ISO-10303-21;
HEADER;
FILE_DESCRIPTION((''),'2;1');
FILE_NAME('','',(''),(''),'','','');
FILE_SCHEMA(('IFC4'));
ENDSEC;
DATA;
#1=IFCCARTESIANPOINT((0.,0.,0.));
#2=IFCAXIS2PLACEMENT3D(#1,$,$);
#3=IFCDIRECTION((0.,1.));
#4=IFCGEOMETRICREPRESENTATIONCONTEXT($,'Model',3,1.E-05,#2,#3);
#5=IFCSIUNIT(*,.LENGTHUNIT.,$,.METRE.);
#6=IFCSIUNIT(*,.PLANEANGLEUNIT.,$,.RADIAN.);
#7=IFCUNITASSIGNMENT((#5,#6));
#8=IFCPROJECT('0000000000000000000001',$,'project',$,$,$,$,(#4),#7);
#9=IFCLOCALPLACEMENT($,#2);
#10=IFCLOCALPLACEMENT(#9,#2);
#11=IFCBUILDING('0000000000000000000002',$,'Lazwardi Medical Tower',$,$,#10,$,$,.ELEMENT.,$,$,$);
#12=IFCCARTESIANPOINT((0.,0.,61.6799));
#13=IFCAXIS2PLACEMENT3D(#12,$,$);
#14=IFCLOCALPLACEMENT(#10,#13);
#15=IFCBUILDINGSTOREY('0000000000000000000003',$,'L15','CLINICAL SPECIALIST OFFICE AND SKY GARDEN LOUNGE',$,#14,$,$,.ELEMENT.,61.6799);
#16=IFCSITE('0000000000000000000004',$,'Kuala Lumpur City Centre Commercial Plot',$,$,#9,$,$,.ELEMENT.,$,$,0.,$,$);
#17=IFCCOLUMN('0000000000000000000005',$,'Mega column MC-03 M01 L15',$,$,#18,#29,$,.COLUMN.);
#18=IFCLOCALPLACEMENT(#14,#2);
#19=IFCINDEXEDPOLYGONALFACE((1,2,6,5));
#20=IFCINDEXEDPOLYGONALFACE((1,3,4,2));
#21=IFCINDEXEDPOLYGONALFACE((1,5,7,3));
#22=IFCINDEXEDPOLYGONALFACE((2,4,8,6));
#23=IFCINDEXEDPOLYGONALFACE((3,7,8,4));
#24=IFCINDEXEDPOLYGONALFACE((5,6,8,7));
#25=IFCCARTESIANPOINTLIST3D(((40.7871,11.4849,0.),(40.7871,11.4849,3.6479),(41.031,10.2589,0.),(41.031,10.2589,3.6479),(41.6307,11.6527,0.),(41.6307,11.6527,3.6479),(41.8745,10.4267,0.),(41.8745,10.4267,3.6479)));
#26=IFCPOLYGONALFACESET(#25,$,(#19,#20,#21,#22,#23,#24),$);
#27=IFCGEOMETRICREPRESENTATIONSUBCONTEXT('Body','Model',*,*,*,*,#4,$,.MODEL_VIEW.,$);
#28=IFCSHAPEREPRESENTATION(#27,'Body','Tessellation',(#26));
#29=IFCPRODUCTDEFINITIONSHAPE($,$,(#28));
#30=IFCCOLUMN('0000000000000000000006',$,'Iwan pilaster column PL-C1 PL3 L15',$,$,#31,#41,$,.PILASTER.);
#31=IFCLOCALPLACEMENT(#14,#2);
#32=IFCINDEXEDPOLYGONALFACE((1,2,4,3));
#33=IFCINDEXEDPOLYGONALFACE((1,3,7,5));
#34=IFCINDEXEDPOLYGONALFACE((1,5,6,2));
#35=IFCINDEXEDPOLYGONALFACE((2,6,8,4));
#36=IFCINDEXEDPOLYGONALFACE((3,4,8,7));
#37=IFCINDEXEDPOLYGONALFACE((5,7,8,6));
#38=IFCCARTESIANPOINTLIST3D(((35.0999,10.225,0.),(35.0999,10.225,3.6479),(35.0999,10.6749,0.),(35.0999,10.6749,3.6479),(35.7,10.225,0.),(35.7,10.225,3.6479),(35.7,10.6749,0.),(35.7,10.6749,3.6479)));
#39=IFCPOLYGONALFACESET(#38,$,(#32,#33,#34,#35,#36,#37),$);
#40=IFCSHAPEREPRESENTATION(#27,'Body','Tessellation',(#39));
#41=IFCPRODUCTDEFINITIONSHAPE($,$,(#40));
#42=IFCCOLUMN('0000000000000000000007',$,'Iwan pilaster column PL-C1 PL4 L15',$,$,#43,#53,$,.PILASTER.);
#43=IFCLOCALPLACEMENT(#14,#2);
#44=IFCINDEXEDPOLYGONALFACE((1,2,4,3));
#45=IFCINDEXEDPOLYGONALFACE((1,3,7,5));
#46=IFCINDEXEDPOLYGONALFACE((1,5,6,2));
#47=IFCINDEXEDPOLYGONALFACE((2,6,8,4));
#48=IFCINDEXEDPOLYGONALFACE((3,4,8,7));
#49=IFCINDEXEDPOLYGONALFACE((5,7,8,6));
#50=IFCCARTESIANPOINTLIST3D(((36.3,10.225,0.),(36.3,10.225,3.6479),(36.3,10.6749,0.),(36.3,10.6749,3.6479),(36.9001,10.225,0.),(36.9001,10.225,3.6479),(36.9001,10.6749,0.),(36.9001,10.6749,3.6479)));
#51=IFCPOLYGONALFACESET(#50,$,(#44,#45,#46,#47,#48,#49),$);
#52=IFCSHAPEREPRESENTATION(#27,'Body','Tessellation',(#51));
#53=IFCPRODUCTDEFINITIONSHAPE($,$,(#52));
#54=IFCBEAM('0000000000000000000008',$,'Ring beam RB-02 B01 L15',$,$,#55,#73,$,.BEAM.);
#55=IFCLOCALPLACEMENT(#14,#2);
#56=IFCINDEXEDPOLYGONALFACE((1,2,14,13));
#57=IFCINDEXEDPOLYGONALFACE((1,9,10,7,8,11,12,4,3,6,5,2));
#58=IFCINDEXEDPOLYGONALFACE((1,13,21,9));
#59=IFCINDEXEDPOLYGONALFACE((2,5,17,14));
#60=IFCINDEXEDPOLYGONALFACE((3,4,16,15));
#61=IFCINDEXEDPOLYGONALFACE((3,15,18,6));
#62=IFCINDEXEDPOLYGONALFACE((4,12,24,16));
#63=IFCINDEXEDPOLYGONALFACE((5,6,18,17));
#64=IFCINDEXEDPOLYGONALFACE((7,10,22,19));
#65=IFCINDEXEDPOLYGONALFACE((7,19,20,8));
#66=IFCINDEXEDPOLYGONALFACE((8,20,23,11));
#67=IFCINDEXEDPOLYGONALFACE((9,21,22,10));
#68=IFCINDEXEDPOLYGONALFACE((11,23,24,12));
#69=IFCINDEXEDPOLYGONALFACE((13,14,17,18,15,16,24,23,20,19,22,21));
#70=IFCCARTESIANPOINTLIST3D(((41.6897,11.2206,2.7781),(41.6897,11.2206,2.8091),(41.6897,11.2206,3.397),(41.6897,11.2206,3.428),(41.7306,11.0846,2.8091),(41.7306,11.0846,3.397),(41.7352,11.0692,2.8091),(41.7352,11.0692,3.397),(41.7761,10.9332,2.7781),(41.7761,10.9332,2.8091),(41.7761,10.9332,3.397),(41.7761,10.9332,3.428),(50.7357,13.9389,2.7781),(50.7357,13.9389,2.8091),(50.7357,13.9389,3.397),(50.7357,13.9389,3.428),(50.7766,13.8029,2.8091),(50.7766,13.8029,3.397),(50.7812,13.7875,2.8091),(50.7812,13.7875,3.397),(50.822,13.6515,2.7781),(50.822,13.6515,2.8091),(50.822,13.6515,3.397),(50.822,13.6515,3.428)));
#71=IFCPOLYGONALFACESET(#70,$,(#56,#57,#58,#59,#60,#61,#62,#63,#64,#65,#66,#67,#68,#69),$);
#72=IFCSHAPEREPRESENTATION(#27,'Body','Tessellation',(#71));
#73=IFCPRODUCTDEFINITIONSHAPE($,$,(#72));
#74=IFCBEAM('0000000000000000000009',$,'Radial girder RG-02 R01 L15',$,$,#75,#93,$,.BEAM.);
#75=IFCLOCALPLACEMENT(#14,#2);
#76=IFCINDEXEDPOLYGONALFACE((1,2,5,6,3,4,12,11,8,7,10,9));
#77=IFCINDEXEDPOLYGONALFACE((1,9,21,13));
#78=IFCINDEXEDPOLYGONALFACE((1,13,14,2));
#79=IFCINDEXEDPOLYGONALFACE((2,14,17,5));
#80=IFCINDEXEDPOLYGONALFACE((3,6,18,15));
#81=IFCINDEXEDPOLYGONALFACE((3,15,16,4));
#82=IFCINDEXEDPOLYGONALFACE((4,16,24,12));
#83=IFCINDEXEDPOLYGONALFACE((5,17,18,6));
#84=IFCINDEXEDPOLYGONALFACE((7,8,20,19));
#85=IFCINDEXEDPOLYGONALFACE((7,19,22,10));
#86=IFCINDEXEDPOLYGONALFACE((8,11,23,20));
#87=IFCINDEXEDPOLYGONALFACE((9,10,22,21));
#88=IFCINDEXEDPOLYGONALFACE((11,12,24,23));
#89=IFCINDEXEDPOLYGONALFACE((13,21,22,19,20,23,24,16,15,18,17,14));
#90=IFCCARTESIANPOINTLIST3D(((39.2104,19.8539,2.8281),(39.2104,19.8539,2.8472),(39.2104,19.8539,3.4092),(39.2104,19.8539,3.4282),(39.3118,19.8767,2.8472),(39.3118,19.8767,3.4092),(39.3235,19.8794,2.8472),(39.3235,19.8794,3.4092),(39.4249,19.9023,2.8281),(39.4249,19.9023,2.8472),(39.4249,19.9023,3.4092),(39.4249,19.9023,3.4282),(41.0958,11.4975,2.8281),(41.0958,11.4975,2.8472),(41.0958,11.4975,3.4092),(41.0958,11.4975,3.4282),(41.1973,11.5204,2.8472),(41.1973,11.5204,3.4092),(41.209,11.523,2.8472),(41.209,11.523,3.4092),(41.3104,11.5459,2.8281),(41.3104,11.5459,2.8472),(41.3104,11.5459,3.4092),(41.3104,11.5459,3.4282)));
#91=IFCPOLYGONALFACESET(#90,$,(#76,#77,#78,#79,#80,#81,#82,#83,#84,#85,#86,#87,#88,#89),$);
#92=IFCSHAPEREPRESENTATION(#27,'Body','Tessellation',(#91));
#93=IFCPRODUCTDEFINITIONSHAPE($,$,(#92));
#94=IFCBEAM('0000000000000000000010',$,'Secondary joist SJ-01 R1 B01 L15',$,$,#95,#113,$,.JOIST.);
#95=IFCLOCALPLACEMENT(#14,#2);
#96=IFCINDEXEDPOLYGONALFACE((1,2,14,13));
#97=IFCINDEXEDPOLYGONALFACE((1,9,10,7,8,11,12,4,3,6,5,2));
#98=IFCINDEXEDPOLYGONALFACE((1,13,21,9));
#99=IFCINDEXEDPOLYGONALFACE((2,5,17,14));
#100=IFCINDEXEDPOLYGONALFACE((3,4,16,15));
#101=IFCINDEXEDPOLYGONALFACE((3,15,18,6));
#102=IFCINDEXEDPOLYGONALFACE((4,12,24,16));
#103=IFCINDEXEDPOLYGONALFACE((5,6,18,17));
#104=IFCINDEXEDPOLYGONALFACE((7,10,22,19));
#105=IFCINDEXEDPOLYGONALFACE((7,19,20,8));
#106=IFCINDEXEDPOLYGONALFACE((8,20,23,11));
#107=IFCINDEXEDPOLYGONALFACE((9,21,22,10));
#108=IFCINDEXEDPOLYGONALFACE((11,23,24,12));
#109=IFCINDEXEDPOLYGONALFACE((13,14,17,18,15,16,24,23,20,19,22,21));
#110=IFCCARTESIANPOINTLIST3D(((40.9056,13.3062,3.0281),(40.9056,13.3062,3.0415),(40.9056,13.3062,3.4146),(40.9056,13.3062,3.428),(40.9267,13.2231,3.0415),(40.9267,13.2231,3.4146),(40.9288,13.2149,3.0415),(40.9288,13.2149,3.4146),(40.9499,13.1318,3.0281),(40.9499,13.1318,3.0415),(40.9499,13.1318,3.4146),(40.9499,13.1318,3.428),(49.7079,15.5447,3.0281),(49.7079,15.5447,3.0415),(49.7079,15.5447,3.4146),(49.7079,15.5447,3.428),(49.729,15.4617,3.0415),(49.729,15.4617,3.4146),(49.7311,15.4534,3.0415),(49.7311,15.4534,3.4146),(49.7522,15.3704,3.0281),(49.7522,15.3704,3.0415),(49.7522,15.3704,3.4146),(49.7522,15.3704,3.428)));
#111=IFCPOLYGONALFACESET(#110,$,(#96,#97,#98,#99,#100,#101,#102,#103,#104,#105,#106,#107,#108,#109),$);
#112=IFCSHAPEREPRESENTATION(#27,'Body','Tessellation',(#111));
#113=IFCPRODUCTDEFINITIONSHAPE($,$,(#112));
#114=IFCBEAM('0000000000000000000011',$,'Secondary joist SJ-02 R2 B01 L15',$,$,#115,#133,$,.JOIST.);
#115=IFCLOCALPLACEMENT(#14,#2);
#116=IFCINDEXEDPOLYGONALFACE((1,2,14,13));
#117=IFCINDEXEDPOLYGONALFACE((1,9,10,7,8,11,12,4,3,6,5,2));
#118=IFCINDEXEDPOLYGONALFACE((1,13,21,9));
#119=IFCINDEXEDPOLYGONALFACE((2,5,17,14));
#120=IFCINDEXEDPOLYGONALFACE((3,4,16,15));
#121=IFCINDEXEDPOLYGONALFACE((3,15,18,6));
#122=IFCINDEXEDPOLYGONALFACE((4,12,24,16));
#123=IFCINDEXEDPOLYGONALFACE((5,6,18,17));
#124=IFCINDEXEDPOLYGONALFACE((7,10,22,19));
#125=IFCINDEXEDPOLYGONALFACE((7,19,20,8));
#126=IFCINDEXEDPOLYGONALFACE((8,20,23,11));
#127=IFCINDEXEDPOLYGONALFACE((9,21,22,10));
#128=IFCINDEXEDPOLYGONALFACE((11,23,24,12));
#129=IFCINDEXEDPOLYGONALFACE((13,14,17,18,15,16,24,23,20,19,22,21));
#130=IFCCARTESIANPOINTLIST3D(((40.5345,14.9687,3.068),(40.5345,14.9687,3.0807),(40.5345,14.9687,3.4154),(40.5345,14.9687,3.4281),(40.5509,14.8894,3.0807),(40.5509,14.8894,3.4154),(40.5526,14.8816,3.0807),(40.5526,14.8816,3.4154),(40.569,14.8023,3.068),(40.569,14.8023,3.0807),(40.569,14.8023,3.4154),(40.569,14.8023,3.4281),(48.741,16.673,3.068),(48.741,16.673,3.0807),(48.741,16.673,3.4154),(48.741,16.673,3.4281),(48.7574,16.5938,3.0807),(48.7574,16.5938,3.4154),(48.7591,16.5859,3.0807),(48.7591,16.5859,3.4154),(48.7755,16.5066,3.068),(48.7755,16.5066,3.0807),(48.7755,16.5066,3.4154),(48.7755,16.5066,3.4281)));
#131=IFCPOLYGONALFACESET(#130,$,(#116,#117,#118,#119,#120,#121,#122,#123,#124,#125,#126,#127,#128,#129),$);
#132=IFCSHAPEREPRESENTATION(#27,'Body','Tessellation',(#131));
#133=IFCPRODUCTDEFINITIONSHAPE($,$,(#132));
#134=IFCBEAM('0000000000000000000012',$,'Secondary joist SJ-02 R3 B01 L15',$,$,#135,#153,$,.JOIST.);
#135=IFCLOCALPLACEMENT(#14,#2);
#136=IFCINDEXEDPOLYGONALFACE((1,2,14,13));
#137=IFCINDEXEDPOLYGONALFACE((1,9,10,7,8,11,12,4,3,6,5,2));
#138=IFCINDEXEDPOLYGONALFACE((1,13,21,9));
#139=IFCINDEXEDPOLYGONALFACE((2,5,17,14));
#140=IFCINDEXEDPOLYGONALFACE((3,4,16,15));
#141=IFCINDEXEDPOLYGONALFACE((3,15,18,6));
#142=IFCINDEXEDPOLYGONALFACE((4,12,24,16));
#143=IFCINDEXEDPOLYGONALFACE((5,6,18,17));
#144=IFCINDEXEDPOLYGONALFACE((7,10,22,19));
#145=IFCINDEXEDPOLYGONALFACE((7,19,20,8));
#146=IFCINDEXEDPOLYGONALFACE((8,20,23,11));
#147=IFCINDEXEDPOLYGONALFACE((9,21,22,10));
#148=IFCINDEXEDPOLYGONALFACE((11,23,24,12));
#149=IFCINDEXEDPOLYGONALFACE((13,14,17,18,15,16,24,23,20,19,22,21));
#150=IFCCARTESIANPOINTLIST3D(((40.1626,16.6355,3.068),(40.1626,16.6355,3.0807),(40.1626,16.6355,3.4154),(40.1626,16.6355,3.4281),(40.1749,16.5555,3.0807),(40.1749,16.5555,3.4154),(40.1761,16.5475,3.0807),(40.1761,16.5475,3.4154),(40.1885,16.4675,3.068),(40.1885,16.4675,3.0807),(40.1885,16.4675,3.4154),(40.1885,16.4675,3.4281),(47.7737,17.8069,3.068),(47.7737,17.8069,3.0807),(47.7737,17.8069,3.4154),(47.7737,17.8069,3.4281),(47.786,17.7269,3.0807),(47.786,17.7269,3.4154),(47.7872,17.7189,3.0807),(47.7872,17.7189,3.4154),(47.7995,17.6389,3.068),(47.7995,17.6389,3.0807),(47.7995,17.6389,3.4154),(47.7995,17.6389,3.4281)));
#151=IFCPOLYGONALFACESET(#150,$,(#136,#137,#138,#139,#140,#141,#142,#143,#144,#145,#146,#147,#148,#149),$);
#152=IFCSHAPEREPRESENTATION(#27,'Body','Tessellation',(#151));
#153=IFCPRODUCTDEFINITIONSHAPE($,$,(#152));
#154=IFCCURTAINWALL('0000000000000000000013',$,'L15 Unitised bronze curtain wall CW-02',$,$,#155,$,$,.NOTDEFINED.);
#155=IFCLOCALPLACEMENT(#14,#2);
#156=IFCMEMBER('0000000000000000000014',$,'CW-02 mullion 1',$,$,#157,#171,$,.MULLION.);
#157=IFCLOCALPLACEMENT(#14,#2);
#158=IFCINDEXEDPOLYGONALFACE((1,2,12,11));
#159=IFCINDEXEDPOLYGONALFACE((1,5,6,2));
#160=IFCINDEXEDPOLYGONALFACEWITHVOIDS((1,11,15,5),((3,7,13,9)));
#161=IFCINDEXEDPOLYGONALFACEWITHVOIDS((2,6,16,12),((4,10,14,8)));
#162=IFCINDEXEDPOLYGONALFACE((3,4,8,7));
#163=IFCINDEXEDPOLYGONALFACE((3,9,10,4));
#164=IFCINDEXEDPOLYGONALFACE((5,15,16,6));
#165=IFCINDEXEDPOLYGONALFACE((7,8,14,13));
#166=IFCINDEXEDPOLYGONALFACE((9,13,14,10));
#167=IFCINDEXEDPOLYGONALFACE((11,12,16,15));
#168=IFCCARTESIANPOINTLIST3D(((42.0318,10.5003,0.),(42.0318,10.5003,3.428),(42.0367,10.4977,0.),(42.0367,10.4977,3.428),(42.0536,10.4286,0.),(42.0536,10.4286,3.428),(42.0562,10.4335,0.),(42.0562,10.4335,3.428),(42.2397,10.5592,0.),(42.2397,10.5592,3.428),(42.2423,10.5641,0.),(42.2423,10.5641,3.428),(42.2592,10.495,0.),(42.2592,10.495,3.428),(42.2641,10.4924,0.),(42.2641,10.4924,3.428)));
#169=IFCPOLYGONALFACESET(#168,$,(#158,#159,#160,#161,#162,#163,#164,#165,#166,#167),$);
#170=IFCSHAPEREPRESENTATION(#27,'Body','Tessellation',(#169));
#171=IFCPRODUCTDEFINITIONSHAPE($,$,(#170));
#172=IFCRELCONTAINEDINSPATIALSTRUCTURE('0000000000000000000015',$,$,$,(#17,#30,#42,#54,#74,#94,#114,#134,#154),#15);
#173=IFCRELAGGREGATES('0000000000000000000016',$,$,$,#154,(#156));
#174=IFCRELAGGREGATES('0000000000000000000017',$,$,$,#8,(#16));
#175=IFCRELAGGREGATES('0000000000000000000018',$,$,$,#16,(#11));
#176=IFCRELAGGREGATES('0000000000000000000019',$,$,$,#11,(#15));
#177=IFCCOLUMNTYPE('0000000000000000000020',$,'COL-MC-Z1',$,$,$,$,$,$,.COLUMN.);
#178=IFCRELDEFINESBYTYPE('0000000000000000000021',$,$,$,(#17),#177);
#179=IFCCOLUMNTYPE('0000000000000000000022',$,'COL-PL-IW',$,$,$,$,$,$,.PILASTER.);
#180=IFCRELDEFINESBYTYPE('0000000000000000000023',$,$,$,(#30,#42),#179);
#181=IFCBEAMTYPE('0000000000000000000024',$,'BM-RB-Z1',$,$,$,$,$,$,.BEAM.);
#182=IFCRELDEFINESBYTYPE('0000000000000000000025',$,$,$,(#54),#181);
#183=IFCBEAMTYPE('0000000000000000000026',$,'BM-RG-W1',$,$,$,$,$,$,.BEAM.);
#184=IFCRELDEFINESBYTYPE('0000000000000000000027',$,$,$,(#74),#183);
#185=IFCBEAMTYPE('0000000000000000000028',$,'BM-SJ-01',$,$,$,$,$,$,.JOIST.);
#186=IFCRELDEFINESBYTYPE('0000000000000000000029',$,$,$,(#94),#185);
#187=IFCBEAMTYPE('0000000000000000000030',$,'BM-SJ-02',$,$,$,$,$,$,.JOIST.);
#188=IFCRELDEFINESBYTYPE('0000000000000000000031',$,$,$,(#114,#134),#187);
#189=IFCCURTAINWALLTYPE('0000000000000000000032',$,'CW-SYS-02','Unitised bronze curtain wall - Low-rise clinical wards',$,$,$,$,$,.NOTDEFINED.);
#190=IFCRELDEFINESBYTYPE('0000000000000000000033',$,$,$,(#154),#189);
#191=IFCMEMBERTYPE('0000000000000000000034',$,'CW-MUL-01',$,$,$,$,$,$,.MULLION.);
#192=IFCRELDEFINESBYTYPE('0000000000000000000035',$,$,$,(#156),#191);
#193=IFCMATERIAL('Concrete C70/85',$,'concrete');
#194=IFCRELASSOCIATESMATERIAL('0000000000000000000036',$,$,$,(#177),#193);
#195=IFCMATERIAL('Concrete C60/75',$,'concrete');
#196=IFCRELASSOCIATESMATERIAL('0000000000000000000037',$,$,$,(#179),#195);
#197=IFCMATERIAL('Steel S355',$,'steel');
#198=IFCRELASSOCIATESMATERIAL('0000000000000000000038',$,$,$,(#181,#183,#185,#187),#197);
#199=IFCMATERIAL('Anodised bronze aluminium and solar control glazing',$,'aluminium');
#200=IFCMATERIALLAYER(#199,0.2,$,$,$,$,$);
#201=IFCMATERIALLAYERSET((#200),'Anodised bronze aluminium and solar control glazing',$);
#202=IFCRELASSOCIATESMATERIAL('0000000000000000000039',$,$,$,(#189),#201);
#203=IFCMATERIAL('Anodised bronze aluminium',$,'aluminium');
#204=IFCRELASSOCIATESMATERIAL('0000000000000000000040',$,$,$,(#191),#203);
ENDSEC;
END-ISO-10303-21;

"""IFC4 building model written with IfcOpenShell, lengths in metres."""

from ifc_helpers import new_model, si_unit, direction, frame, origin, origin_2d, place, context, subcontext, project, spatial, rectangle, hollow_rectangle, i_section, extrude, material, layer, layer_set, material_profile, profile_set, type_object, element, aggregate, save


model = new_model("IFC4")

# Units and contexts
model_context = context("Model", 3, precision=1e-05, world=origin(), true_north=direction((0.0, 1.0)))
body_context = subcontext(model_context, "Body", "Model", "MODEL_VIEW")
ifc_project = project(units=[si_unit("LENGTHUNIT", "METRE"), si_unit("PLANEANGLEUNIT", "RADIAN")], contexts=[model_context])

# Site, building, storey
site_placement = place(None, origin())
site = spatial("IfcSite", under=ifc_project, at=site_placement, Name="Kuala Lumpur City Centre Commercial Plot", CompositionType="ELEMENT", RefElevation=0.0)
building_placement = place(site_placement, origin())
building = spatial("IfcBuilding", under=site, at=building_placement, Name="Lazwardi Medical Tower", CompositionType="ELEMENT")
storey_placement = place(building_placement, frame((0.0, 0.0, 61.6799)))
storey = spatial("IfcBuildingStorey", under=building, at=storey_placement, Name="L15", Description="CLINICAL SPECIALIST OFFICE AND SKY GARDEN LOUNGE", CompositionType="ELEMENT", Elevation=61.6799)

# Columns
ifc_material_1 = material(Name="Concrete C70/85", Category="concrete")
ifc_material_profile_1 = material_profile(ifc_material_1, rectangle(XDim=1.25, YDim=0.8601, at=origin_2d()), Name="CFT-RECT 1250x860")
ifc_profile_set_1 = profile_set([ifc_material_profile_1], Name="Concrete C70/85")
column_type_1 = type_object("IfcColumnType", Name="COL-MC-Z1", PredefinedType="COLUMN", material=ifc_profile_set_1)
column_placement = place(storey_placement, frame((41.3308, 10.9558, 0.0), z_axis=(0.0, 0.0, 1.0), x_axis=(0.19509, -0.980785, 0.0)))
element("IfcColumn", 1, at=column_placement, inside=storey, type_object=column_type_1, Name="Mega column MC-03 M01 L15", PredefinedType="COLUMN", context=body_context, shape_type="SweptSolid", body=[
    extrude(rectangle(XDim=1.25, YDim=0.8601, at=origin_2d()), origin(), (0.0, 0.0, 1.0), 3.6479),
])
ifc_material_2 = material(Name="Concrete C60/75", Category="concrete")
ifc_material_profile_2 = material_profile(ifc_material_2, rectangle(XDim=0.6001, YDim=0.45, at=origin_2d()), Name="RC 600x450")
ifc_profile_set_2 = profile_set([ifc_material_profile_2], Name="Concrete C60/75")
column_type_2 = type_object("IfcColumnType", Name="COL-PL-IW", PredefinedType="PILASTER", material=ifc_profile_set_2)
for number, where, z_axis, x_axis, name in (
    (2, (35.3999, 10.45, 0.0), (0.0, 0.0, 1.0), (1.0, 0.0, 0.0), "Iwan pilaster column PL-C1 PL3 L15"),
    (3, (36.6001, 10.45, 0.0), (0.0, 0.0, 1.0), (1.0, 0.0, 0.0), "Iwan pilaster column PL-C1 PL4 L15"),
):
    element("IfcColumn", number, at=place(storey_placement, frame(where, z_axis=z_axis, x_axis=x_axis)), inside=storey, type_object=column_type_2, Name=name, PredefinedType="PILASTER", context=body_context, shape_type="SweptSolid", body=[
        extrude(rectangle(XDim=0.6001, YDim=0.45, at=origin_2d()), origin(), (0.0, 0.0, 1.0), 3.6479),
    ])

# Beams
ifc_material_3 = material(Name="Steel S355", Category="steel")
ifc_material_profile_3 = material_profile(ifc_material_3, i_section(OverallWidth=0.3, OverallDepth=0.6499, WebThickness=0.0161, FlangeThickness=0.031, at=origin_2d()), Name="HEB 650")
ifc_profile_set_3 = profile_set([ifc_material_profile_3], Name="Steel S355")
beam_type_1 = type_object("IfcBeamType", Name="BM-RB-Z1", PredefinedType="BEAM", material=ifc_profile_set_3)
beam_1_placement = place(storey_placement, frame((41.7329, 11.0769, 3.103), z_axis=(0.957695, 0.287784, 0.0), x_axis=(-0.287784, 0.957695, 0.0)))
element("IfcBeam", 4, at=beam_1_placement, inside=storey, type_object=beam_type_1, Name="Ring beam RB-02 B01 L15", PredefinedType="BEAM", context=body_context, shape_type="SweptSolid", body=[
    extrude(i_section(OverallWidth=0.3, OverallDepth=0.6499, WebThickness=0.0161, FlangeThickness=0.031, at=origin_2d()), origin(), (0.0, 0.0, 1.0), 9.4456),
])
ifc_material_profile_4 = material_profile(ifc_material_3, i_section(OverallWidth=0.22, OverallDepth=0.6001, WebThickness=0.012, FlangeThickness=0.019, at=origin_2d()), Name="IPE 600")
ifc_profile_set_4 = profile_set([ifc_material_profile_4], Name="Steel S355")
beam_type_2 = type_object("IfcBeamType", Name="BM-RG-W1", PredefinedType="BEAM", material=ifc_profile_set_4)
beam_2_placement = place(storey_placement, frame((41.2031, 11.5217, 3.1282), z_axis=(-0.220101, 0.975477, 0.0), x_axis=(-0.975477, -0.220101, 0.0)))
element("IfcBeam", 5, at=beam_2_placement, inside=storey, type_object=beam_type_2, Name="Radial girder RG-02 R01 L15", PredefinedType="BEAM", context=body_context, shape_type="SweptSolid", body=[
    extrude(i_section(OverallWidth=0.22, OverallDepth=0.6001, WebThickness=0.012, FlangeThickness=0.019, at=origin_2d()), origin(), (0.0, 0.0, 1.0), 8.5664),
])
ifc_material_profile_5 = material_profile(ifc_material_3, i_section(OverallWidth=0.1799, OverallDepth=0.3999, WebThickness=0.0085, FlangeThickness=0.0134, at=origin_2d()), Name="IPE 400")
ifc_profile_set_5 = profile_set([ifc_material_profile_5], Name="Steel S355")
beam_type_3 = type_object("IfcBeamType", Name="BM-SJ-01", PredefinedType="JOIST", material=ifc_profile_set_5)
beam_3_placement = place(storey_placement, frame((40.9277, 13.219, 3.228), z_axis=(0.969151, 0.246468, 0.0), x_axis=(-0.246468, 0.969151, 0.0)))
element("IfcBeam", 6, at=beam_3_placement, inside=storey, type_object=beam_type_3, Name="Secondary joist SJ-01 R1 B01 L15", PredefinedType="JOIST", context=body_context, shape_type="SweptSolid", body=[
    extrude(i_section(OverallWidth=0.1799, OverallDepth=0.3999, WebThickness=0.0085, FlangeThickness=0.0134, at=origin_2d()), origin(), (0.0, 0.0, 1.0), 9.0825),
])
ifc_material_profile_6 = material_profile(ifc_material_3, i_section(OverallWidth=0.1699, OverallDepth=0.3601, WebThickness=0.0081, FlangeThickness=0.0127, at=origin_2d()), Name="IPE 360")
ifc_profile_set_6 = profile_set([ifc_material_profile_6], Name="Steel S355")
beam_type_4 = type_object("IfcBeamType", Name="BM-SJ-02", PredefinedType="JOIST", material=ifc_profile_set_6)
beam_4_placement = place(storey_placement, frame((40.5518, 14.8855, 3.248), z_axis=(0.979108, 0.203342, 0.0), x_axis=(-0.203342, 0.979108, 0.0)))
element("IfcBeam", 7, at=beam_4_placement, inside=storey, type_object=beam_type_4, Name="Secondary joist SJ-02 R2 B01 L15", PredefinedType="JOIST", context=body_context, shape_type="SweptSolid", body=[
    extrude(i_section(OverallWidth=0.1699, OverallDepth=0.3601, WebThickness=0.0081, FlangeThickness=0.0127, at=origin_2d()), origin(), (0.0, 0.0, 1.0), 8.3816),
])
beam_5_placement = place(storey_placement, frame((40.1755, 16.5515, 3.248), z_axis=(0.988363, 0.152114, 0.0), x_axis=(-0.152114, 0.988363, 0.0)))
element("IfcBeam", 8, at=beam_5_placement, inside=storey, type_object=beam_type_4, Name="Secondary joist SJ-02 R3 B01 L15", PredefinedType="JOIST", context=body_context, shape_type="SweptSolid", body=[
    extrude(i_section(OverallWidth=0.1699, OverallDepth=0.3601, WebThickness=0.0081, FlangeThickness=0.0127, at=origin_2d()), origin(), (0.0, 0.0, 1.0), 7.7007),
])

# Curtain wall, member
ifc_material_4 = material(Name="Anodised bronze aluminium and solar control glazing", Category="aluminium")
ifc_layer_1 = layer(ifc_material_4, 0.2)
ifc_layer_set_1 = layer_set([ifc_layer_1], Name="Anodised bronze aluminium and solar control glazing")
curtain_wall_type_1 = type_object("IfcCurtainWallType", Name="CW-SYS-02", Description="Unitised bronze curtain wall - Low-rise clinical wards", PredefinedType="NOTDEFINED", material=ifc_layer_set_1)
curtain_wall_1_placement = place(storey_placement, origin())
curtain_wall_1 = element("IfcCurtainWall", 9, at=curtain_wall_1_placement, inside=storey, type_object=curtain_wall_type_1, Name="L15 Unitised bronze curtain wall CW-02", PredefinedType="NOTDEFINED")
ifc_material_5 = material(Name="Anodised bronze aluminium", Category="aluminium")
ifc_material_profile_7 = material_profile(ifc_material_5, hollow_rectangle(XDim=0.075, YDim=0.22, WallThickness=0.0039, at=origin_2d()), Name="ALU-MULLION 220x75x4")
ifc_profile_set_7 = profile_set([ifc_material_profile_7], Name="Anodised bronze aluminium")
member_type_1 = type_object("IfcMemberType", Name="CW-MUL-01", PredefinedType="MULLION", material=ifc_profile_set_7)
member_1_placement = place(storey_placement, frame((42.1479, 10.4963, 0.0), z_axis=(0.0, 0.0, 1.0), x_axis=(-0.289896, 0.957058, 0.0)))
member_1 = element("IfcMember", 10, at=member_1_placement, type_object=member_type_1, Name="CW-02 mullion 1", PredefinedType="MULLION", context=body_context, shape_type="SweptSolid", body=[
    extrude(hollow_rectangle(XDim=0.075, YDim=0.22, WallThickness=0.0039, at=origin_2d()), origin(), (0.0, 0.0, 1.0), 3.428),
])

aggregate(curtain_wall_1, [member_1])

save(model, "model.ifc")
